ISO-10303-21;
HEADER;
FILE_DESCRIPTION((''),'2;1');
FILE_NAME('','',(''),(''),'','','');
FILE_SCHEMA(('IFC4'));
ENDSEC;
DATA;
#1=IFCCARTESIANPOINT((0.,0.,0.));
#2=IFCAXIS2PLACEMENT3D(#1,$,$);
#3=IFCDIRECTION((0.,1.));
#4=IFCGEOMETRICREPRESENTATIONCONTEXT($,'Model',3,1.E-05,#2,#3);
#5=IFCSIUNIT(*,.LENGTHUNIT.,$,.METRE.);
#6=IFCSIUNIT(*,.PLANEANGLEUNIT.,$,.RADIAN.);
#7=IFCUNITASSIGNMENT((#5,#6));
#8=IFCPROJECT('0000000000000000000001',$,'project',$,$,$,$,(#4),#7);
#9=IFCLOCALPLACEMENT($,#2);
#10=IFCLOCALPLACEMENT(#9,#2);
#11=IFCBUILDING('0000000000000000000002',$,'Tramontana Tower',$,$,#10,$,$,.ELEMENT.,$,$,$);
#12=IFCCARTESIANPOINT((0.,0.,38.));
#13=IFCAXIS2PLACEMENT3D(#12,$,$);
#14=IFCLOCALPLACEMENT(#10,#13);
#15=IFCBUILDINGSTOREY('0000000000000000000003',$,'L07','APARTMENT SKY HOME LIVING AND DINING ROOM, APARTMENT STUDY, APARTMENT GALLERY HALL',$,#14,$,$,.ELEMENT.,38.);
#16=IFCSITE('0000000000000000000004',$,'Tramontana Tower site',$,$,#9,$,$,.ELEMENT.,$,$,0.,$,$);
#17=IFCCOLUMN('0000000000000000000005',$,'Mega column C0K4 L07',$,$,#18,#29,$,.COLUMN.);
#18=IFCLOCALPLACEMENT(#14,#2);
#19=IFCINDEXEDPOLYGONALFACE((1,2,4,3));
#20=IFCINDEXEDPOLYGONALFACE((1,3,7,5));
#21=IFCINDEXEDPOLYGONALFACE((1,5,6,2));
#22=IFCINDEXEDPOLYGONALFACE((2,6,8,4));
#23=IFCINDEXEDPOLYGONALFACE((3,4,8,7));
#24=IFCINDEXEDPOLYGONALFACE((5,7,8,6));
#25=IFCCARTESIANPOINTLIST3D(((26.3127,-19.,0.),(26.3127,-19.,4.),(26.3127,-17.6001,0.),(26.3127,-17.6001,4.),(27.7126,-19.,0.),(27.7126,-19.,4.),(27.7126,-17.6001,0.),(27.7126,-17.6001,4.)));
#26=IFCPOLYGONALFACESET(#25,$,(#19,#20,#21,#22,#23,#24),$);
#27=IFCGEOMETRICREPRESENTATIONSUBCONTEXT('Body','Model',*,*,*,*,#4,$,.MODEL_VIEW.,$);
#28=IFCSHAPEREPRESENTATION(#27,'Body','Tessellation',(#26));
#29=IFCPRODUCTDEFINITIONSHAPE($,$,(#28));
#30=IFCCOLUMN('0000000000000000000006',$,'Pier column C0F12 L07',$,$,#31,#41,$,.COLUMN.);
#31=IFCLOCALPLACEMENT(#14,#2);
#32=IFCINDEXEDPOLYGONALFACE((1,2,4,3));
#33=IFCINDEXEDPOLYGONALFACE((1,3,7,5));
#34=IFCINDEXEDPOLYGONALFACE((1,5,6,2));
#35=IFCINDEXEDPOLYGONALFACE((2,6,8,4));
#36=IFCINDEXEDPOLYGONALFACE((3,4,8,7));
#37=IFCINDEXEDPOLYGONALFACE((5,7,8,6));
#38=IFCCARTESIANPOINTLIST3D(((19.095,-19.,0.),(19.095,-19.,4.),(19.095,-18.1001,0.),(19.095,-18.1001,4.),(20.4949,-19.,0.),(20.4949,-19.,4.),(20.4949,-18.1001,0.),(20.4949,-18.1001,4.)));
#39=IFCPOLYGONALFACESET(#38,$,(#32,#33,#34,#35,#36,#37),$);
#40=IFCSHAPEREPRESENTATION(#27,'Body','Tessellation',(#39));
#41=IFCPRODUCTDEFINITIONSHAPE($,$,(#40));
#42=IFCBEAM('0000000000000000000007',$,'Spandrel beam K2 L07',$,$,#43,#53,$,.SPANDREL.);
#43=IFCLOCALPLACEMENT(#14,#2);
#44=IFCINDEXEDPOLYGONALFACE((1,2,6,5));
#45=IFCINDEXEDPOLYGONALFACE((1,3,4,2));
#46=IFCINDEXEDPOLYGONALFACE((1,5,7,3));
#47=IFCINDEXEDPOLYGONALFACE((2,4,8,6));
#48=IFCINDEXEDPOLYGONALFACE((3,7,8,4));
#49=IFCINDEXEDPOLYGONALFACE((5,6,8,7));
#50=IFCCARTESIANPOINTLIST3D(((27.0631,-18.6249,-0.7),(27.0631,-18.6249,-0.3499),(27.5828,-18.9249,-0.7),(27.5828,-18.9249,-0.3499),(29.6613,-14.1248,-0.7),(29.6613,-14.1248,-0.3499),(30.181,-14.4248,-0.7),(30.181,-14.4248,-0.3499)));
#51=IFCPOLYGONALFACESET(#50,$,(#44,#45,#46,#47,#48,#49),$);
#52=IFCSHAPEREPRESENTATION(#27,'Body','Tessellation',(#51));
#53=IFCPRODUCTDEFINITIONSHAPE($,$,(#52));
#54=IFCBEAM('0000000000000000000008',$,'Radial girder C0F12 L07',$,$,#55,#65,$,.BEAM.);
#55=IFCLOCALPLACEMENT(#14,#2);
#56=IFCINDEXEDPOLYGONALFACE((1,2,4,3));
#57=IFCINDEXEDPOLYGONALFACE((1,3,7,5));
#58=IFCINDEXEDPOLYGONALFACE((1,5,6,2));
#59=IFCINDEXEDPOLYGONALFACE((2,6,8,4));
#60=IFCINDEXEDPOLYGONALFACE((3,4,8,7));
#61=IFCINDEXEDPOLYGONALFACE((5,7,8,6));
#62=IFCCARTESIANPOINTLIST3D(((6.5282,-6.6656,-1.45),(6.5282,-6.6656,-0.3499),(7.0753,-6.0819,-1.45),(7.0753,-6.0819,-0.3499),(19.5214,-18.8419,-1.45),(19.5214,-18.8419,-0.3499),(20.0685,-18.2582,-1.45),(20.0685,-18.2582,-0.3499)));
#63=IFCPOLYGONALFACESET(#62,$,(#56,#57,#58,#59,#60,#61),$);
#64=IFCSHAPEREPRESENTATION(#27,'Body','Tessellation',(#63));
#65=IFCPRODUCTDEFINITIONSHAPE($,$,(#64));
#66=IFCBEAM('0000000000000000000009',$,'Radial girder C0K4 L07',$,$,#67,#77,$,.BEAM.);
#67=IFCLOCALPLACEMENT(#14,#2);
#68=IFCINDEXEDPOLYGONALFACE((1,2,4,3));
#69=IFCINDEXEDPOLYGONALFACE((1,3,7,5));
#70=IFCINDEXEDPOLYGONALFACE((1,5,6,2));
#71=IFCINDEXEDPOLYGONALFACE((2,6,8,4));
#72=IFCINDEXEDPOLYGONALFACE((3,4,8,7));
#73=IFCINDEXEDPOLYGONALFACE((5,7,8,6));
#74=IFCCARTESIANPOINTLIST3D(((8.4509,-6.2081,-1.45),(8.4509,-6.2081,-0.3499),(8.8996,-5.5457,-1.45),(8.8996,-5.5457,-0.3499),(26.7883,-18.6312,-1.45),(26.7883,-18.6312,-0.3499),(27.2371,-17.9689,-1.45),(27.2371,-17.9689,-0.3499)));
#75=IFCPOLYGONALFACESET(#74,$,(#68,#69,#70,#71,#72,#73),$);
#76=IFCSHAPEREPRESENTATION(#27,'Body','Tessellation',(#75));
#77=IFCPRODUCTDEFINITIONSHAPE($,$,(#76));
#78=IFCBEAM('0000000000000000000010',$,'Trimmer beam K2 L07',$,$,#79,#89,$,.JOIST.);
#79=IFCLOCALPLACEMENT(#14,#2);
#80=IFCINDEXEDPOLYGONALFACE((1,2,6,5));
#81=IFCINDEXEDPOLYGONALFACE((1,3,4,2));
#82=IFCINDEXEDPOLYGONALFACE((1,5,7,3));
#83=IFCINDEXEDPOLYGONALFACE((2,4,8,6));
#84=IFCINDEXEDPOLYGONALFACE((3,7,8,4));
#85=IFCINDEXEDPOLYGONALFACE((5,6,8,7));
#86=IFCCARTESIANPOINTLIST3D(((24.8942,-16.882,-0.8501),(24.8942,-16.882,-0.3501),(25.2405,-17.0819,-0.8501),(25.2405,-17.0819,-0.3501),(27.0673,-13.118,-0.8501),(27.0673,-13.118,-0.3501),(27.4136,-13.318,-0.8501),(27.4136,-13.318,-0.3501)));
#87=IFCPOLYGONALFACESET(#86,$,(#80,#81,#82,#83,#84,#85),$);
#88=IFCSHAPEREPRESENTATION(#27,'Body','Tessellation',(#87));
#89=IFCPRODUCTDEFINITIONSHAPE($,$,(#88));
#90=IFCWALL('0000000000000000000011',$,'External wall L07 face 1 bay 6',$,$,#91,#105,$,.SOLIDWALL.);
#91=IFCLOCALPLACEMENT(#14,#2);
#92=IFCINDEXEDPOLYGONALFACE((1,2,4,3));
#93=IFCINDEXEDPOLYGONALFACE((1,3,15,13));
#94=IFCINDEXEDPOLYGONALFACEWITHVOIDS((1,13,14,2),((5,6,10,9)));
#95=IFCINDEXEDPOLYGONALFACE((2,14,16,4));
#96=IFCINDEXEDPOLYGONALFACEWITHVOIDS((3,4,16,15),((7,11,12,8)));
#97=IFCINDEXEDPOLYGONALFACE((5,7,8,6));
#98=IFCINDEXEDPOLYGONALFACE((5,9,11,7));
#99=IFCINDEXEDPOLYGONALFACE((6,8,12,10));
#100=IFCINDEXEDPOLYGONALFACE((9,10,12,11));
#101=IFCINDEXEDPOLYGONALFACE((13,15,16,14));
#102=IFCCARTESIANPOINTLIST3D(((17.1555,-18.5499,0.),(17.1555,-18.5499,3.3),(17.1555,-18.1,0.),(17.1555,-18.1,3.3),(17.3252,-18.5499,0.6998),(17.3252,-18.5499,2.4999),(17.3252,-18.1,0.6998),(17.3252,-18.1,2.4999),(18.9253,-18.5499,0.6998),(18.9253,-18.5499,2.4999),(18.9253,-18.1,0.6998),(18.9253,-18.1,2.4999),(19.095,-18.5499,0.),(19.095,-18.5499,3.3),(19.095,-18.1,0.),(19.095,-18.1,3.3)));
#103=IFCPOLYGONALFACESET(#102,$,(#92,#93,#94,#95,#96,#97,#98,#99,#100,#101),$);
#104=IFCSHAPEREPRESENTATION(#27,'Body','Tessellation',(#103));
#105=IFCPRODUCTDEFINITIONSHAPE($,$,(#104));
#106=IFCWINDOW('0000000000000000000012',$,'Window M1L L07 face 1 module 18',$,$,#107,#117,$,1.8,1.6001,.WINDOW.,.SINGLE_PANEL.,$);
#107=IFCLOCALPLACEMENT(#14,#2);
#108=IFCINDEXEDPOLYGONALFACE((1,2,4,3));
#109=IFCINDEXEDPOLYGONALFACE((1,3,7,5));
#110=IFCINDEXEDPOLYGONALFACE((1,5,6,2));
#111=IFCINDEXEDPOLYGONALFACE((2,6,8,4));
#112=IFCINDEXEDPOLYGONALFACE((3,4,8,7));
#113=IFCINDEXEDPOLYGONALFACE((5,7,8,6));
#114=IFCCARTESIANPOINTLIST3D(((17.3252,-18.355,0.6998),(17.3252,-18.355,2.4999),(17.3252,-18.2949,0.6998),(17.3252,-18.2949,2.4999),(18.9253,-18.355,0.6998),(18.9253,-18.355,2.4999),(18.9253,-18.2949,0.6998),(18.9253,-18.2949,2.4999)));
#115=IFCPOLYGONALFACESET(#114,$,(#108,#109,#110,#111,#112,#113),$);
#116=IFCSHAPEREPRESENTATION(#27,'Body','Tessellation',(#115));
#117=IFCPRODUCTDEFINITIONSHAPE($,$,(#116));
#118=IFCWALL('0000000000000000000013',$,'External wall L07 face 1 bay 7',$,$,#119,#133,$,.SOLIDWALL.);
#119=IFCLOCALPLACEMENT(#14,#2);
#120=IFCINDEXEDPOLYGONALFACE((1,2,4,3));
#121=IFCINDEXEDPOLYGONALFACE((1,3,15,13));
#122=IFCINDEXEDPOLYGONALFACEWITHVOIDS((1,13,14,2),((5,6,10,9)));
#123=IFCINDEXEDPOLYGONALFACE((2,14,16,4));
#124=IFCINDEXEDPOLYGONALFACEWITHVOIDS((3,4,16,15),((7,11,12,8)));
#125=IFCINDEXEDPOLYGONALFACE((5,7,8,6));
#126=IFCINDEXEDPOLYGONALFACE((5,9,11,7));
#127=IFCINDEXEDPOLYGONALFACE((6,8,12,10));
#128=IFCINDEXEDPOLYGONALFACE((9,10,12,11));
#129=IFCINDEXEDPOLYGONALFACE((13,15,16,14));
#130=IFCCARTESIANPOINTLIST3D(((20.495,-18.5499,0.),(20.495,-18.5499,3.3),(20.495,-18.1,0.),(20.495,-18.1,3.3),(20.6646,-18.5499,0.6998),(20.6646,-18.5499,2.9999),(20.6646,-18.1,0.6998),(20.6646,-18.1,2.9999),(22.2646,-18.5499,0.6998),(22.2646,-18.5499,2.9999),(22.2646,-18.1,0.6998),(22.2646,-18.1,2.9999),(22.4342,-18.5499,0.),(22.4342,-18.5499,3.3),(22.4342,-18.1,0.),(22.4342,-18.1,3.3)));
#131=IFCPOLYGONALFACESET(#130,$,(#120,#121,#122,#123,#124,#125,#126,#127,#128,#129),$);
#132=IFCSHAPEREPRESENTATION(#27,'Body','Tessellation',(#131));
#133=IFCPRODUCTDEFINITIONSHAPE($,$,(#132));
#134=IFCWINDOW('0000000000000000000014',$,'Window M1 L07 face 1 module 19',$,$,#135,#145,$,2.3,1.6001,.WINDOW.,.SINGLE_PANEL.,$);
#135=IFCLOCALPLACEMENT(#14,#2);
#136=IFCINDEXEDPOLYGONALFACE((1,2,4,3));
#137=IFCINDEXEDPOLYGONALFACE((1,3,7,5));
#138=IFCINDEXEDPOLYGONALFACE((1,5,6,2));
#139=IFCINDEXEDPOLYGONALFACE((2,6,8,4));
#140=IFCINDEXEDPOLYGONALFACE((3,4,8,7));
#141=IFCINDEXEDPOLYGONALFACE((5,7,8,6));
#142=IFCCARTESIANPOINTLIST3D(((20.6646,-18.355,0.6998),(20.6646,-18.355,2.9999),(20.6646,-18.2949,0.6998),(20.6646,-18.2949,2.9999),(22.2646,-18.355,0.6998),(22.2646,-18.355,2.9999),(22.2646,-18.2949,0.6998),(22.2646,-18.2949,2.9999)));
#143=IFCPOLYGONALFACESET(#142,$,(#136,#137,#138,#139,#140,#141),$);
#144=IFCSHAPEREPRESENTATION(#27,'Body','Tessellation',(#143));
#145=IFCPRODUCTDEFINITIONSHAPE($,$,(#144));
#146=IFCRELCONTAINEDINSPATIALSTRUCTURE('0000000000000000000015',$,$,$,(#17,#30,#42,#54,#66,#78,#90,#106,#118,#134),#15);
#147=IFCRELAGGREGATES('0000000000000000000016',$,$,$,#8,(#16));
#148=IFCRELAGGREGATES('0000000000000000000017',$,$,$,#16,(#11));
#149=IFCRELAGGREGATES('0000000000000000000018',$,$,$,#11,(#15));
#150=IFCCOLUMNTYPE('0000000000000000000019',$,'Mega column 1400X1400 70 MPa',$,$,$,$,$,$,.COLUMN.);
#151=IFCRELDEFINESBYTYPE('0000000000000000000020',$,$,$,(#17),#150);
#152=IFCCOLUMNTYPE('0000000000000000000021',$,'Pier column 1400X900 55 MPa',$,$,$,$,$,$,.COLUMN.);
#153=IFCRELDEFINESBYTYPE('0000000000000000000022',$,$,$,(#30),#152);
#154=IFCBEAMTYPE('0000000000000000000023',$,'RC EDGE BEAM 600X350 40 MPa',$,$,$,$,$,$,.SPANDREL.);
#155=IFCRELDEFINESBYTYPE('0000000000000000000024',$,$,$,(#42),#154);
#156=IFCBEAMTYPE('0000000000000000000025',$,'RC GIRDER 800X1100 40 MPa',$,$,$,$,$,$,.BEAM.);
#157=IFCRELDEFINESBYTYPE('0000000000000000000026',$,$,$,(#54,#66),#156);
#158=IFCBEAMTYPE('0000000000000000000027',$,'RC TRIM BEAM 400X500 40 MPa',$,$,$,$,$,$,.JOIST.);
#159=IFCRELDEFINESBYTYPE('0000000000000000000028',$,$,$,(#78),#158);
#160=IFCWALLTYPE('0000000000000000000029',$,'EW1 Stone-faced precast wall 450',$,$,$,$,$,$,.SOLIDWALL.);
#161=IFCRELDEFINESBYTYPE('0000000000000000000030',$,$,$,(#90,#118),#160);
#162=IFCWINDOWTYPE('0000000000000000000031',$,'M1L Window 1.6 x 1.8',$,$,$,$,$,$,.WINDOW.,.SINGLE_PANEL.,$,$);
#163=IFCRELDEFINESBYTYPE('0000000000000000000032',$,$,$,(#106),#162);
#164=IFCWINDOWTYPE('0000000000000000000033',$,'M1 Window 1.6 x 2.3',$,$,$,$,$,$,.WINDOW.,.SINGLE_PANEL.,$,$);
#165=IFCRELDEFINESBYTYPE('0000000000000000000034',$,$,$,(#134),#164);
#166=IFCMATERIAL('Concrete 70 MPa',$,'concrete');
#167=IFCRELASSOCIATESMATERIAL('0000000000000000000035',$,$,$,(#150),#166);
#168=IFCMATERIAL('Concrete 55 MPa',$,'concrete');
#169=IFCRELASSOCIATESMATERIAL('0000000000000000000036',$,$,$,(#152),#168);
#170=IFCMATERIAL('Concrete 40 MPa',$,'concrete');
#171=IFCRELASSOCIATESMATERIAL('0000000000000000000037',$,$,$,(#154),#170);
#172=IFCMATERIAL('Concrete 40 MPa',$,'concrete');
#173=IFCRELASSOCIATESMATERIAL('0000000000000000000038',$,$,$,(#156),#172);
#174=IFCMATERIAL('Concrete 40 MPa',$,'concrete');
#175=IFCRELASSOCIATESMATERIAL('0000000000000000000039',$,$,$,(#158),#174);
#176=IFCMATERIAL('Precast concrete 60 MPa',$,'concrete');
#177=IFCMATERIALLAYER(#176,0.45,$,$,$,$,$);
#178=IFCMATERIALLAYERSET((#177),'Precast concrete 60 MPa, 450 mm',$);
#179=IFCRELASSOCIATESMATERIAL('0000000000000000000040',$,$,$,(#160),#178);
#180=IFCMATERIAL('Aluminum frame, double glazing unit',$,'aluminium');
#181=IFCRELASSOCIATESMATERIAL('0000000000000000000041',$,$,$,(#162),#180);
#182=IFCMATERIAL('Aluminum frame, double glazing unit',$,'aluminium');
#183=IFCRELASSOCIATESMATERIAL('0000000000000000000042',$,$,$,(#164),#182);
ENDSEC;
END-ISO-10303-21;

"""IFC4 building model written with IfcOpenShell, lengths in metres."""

from ifc_helpers import new_model, si_unit, direction, frame, frame_2d, origin, origin_2d, place, context, subcontext, project, spatial, rectangle, extrude, material, layer, layer_set, material_profile, profile_set, type_object, element, fill, save


model = new_model("IFC4")

# Units and contexts
model_context = context("Model", 3, precision=1e-05, world=origin(), true_north=direction((0.0, 1.0)))
body_context = subcontext(model_context, "Body", "Model", "MODEL_VIEW")
ifc_project = project(units=[si_unit("LENGTHUNIT", "METRE"), si_unit("PLANEANGLEUNIT", "RADIAN")], contexts=[model_context])

# Site, building, storey
site_placement = place(None, origin())
site = spatial("IfcSite", under=ifc_project, at=site_placement, Name="Tramontana Tower site", CompositionType="ELEMENT", RefElevation=0.0)
building_placement = place(site_placement, origin())
building = spatial("IfcBuilding", under=site, at=building_placement, Name="Tramontana Tower", CompositionType="ELEMENT")
storey_placement = place(building_placement, frame((0.0, 0.0, 38.0)))
storey = spatial("IfcBuildingStorey", under=building, at=storey_placement, Name="L07", Description="APARTMENT SKY HOME LIVING AND DINING ROOM, APARTMENT STUDY, APARTMENT GALLERY HALL", CompositionType="ELEMENT", Elevation=38.0)

# Columns
ifc_material_1 = material(Name="Concrete 70 MPa", Category="concrete")
ifc_material_profile_1 = material_profile(ifc_material_1, rectangle(XDim=1.3999, YDim=1.3999, at=origin_2d()), Name="Mega column 1400X1400 70 MPa")
ifc_profile_set_1 = profile_set([ifc_material_profile_1], Name="Concrete 70 MPa")
column_type_1 = type_object("IfcColumnType", Name="Mega column 1400X1400 70 MPa", PredefinedType="COLUMN", material=ifc_profile_set_1)
column_1_placement = place(storey_placement, frame((27.0127, -18.3, 0.0), z_axis=(0.0, 0.0, 1.0), x_axis=(1.0, 0.0, 0.0)))
element("IfcColumn", 1, at=column_1_placement, inside=storey, type_object=column_type_1, Name="Mega column C0K4 L07", PredefinedType="COLUMN", context=body_context, shape_type="SweptSolid", body=[
    extrude(rectangle(XDim=1.3999, YDim=1.3999, at=origin_2d()), origin(), (0.0, 0.0, 1.0), 4.0),
])
ifc_material_2 = material(Name="Concrete 55 MPa", Category="concrete")
ifc_material_profile_2 = material_profile(ifc_material_2, rectangle(XDim=1.3999, YDim=0.8999, at=origin_2d()), Name="Pier column 1400X900 55 MPa")
ifc_profile_set_2 = profile_set([ifc_material_profile_2], Name="Concrete 55 MPa")
column_type_2 = type_object("IfcColumnType", Name="Pier column 1400X900 55 MPa", PredefinedType="COLUMN", material=ifc_profile_set_2)
column_2_placement = place(storey_placement, frame((19.7949, -18.55, 0.0), z_axis=(0.0, 0.0, 1.0), x_axis=(1.0, 0.0, 0.0)))
element("IfcColumn", 2, at=column_2_placement, inside=storey, type_object=column_type_2, Name="Pier column C0F12 L07", PredefinedType="COLUMN", context=body_context, shape_type="SweptSolid", body=[
    extrude(rectangle(XDim=1.3999, YDim=0.8999, at=origin_2d()), origin(), (0.0, 0.0, 1.0), 4.0),
])

# Beams
ifc_material_3 = material(Name="Concrete 40 MPa", Category="concrete")
ifc_material_profile_3 = material_profile(ifc_material_3, rectangle(XDim=0.6001, YDim=0.3501, at=origin_2d()), Name="RC EDGE BEAM 600X350 40 MPa")
ifc_profile_set_3 = profile_set([ifc_material_profile_3], Name="Concrete 40 MPa")
beam_type_1 = type_object("IfcBeamType", Name="RC EDGE BEAM 600X350 40 MPa", PredefinedType="SPANDREL", material=ifc_profile_set_3)
beam_1_placement = place(storey_placement, frame((27.323, -18.7749, -0.5249), z_axis=(0.50001, 0.86602, 0.0), x_axis=(-0.86602, 0.50001, 0.0)))
element("IfcBeam", 3, at=beam_1_placement, inside=storey, type_object=beam_type_1, Name="Spandrel beam K2 L07", PredefinedType="SPANDREL", context=body_context, shape_type="SweptSolid", body=[
    extrude(rectangle(XDim=0.6001, YDim=0.3501, at=origin_2d()), origin(), (0.0, 0.0, 1.0), 5.1963),
])
ifc_material_4 = material(Name="Concrete 40 MPa", Category="concrete")
ifc_material_profile_4 = material_profile(ifc_material_4, rectangle(XDim=0.8, YDim=1.1001, at=origin_2d()), Name="RC GIRDER 800X1100 40 MPa")
ifc_profile_set_4 = profile_set([ifc_material_profile_4], Name="Concrete 40 MPa")
beam_type_2 = type_object("IfcBeamType", Name="RC GIRDER 800X1100 40 MPa", PredefinedType="BEAM", material=ifc_profile_set_4)
beam_2_placement = place(storey_placement, frame((19.7949, -18.55, -0.8999), z_axis=(-0.729672, 0.683797, 0.0), x_axis=(-0.683797, -0.729672, 0.0)))
element("IfcBeam", 4, at=beam_2_placement, inside=storey, type_object=beam_type_2, Name="Radial girder C0F12 L07", PredefinedType="BEAM", context=body_context, shape_type="SweptSolid", body=[
    extrude(rectangle(XDim=0.8, YDim=1.1001, at=origin_2d()), origin(), (0.0, 0.0, 1.0), 17.8069),
])
beam_3_placement = place(storey_placement, frame((27.0127, -18.3, -0.8999), z_axis=(-0.827898, 0.560879, 0.0), x_axis=(-0.560879, -0.827898, 0.0)))
element("IfcBeam", 5, at=beam_3_placement, inside=storey, type_object=beam_type_2, Name="Radial girder C0K4 L07", PredefinedType="BEAM", context=body_context, shape_type="SweptSolid", body=[
    extrude(rectangle(XDim=0.8, YDim=1.1001, at=origin_2d()), origin(), (0.0, 0.0, 1.0), 22.1494),
])
ifc_material_5 = material(Name="Concrete 40 MPa", Category="concrete")
ifc_material_profile_5 = material_profile(ifc_material_5, rectangle(XDim=0.3999, YDim=0.5, at=origin_2d()), Name="RC TRIM BEAM 400X500 40 MPa")
ifc_profile_set_5 = profile_set([ifc_material_profile_5], Name="Concrete 40 MPa")
beam_type_3 = type_object("IfcBeamType", Name="RC TRIM BEAM 400X500 40 MPa", PredefinedType="JOIST", material=ifc_profile_set_5)
beam_4_placement = place(storey_placement, frame((25.0674, -16.9819, -0.6001), z_axis=(0.5, 0.866026, 0.0), x_axis=(-0.866026, 0.5, 0.0)))
element("IfcBeam", 6, at=beam_4_placement, inside=storey, type_object=beam_type_3, Name="Trimmer beam K2 L07", PredefinedType="JOIST", context=body_context, shape_type="SweptSolid", body=[
    extrude(rectangle(XDim=0.3999, YDim=0.5, at=origin_2d()), origin(), (0.0, 0.0, 1.0), 4.3462),
])

# Walls, openings, windows
ifc_material_6 = material(Name="Precast concrete 60 MPa", Category="concrete")
ifc_layer_1 = layer(ifc_material_6, 0.45)
ifc_layer_set_1 = layer_set([ifc_layer_1], Name="Precast concrete 60 MPa, 450 mm")
wall_type_1 = type_object("IfcWallType", Name="EW1 Stone-faced precast wall 450", PredefinedType="SOLIDWALL", material=ifc_layer_set_1)
wall_1_placement = place(storey_placement, frame((17.1555, -18.325, 0.0), z_axis=(0.0, 0.0, 1.0), x_axis=(1.0, 0.0, 0.0)))
wall_1 = element("IfcWall", 7, at=wall_1_placement, inside=storey, type_object=wall_type_1, Name="External wall L07 face 1 bay 6", PredefinedType="SOLIDWALL", context=body_context, shape_type="SweptSolid", body=[
    extrude(rectangle(XDim=1.9395, YDim=0.45, at=frame_2d((0.9697, 0.0))), origin(), (0.0, 0.0, 1.0), 3.3),
])
opening_1_placement = place(wall_1_placement, frame((0.1697, 0.0, 0.7)))
opening_1 = element("IfcOpeningElement", 8, at=opening_1_placement, cuts=wall_1, PredefinedType="OPENING", context=body_context, shape_type="SweptSolid", body=[
    extrude(rectangle(XDim=1.6001, YDim=1.8, at=frame_2d((0.8, 0.8999))), frame((0.0, 0.2349, 0.0), z_axis=(0.0, -1.0, 0.0), x_axis=(1.0, 0.0, 0.0)), (0.0, 0.0, 1.0), 0.47),
])
ifc_material_7 = material(Name="Aluminum frame, double glazing unit", Category="aluminium")
window_type_1 = type_object("IfcWindowType", Name="M1L Window 1.6 x 1.8", PartitioningType="SINGLE_PANEL", PredefinedType="WINDOW", material=ifc_material_7)
window_1_placement = place(opening_1_placement, origin())
window_1 = element("IfcWindow", 9, at=window_1_placement, inside=storey, type_object=window_type_1, Name="Window M1L L07 face 1 module 18", OverallHeight=1.8, OverallWidth=1.6001, PartitioningType="SINGLE_PANEL", PredefinedType="WINDOW", context=body_context, shape_type="SweptSolid", body=[
    extrude(rectangle(XDim=1.6001, YDim=1.8, at=frame_2d((0.8, 0.8999))), frame((0.0, 0.03, 0.0), z_axis=(0.0, -1.0, 0.0), x_axis=(1.0, 0.0, 0.0)), (0.0, 0.0, 1.0), 0.0601),
])
fill(opening_1, window_1)
wall_2_placement = place(storey_placement, frame((20.4949, -18.325, 0.0), z_axis=(0.0, 0.0, 1.0), x_axis=(1.0, 0.0, 0.0)))
wall_2 = element("IfcWall", 10, at=wall_2_placement, inside=storey, type_object=wall_type_1, Name="External wall L07 face 1 bay 7", PredefinedType="SOLIDWALL", context=body_context, shape_type="SweptSolid", body=[
    extrude(rectangle(XDim=1.9392, YDim=0.45, at=frame_2d((0.9697, 0.0))), origin(), (0.0, 0.0, 1.0), 3.3),
])
opening_2_placement = place(wall_2_placement, frame((0.1697, 0.0, 0.7)))
opening_2 = element("IfcOpeningElement", 11, at=opening_2_placement, cuts=wall_2, PredefinedType="OPENING", context=body_context, shape_type="SweptSolid", body=[
    extrude(rectangle(XDim=1.6001, YDim=2.3, at=frame_2d((0.8, 1.1499))), frame((0.0, 0.2349, 0.0), z_axis=(0.0, -1.0, 0.0), x_axis=(1.0, 0.0, 0.0)), (0.0, 0.0, 1.0), 0.47),
])
ifc_material_8 = material(Name="Aluminum frame, double glazing unit", Category="aluminium")
window_type_2 = type_object("IfcWindowType", Name="M1 Window 1.6 x 2.3", PartitioningType="SINGLE_PANEL", PredefinedType="WINDOW", material=ifc_material_8)
window_2_placement = place(opening_2_placement, origin())
window_2 = element("IfcWindow", 12, at=window_2_placement, inside=storey, type_object=window_type_2, Name="Window M1 L07 face 1 module 19", OverallHeight=2.3, OverallWidth=1.6001, PartitioningType="SINGLE_PANEL", PredefinedType="WINDOW", context=body_context, shape_type="SweptSolid", body=[
    extrude(rectangle(XDim=1.6001, YDim=2.3, at=frame_2d((0.8, 1.1499))), frame((0.0, 0.03, 0.0), z_axis=(0.0, -1.0, 0.0), x_axis=(1.0, 0.0, 0.0)), (0.0, 0.0, 1.0), 0.0601),
])
fill(opening_2, window_2)

save(model, "model.ifc")
